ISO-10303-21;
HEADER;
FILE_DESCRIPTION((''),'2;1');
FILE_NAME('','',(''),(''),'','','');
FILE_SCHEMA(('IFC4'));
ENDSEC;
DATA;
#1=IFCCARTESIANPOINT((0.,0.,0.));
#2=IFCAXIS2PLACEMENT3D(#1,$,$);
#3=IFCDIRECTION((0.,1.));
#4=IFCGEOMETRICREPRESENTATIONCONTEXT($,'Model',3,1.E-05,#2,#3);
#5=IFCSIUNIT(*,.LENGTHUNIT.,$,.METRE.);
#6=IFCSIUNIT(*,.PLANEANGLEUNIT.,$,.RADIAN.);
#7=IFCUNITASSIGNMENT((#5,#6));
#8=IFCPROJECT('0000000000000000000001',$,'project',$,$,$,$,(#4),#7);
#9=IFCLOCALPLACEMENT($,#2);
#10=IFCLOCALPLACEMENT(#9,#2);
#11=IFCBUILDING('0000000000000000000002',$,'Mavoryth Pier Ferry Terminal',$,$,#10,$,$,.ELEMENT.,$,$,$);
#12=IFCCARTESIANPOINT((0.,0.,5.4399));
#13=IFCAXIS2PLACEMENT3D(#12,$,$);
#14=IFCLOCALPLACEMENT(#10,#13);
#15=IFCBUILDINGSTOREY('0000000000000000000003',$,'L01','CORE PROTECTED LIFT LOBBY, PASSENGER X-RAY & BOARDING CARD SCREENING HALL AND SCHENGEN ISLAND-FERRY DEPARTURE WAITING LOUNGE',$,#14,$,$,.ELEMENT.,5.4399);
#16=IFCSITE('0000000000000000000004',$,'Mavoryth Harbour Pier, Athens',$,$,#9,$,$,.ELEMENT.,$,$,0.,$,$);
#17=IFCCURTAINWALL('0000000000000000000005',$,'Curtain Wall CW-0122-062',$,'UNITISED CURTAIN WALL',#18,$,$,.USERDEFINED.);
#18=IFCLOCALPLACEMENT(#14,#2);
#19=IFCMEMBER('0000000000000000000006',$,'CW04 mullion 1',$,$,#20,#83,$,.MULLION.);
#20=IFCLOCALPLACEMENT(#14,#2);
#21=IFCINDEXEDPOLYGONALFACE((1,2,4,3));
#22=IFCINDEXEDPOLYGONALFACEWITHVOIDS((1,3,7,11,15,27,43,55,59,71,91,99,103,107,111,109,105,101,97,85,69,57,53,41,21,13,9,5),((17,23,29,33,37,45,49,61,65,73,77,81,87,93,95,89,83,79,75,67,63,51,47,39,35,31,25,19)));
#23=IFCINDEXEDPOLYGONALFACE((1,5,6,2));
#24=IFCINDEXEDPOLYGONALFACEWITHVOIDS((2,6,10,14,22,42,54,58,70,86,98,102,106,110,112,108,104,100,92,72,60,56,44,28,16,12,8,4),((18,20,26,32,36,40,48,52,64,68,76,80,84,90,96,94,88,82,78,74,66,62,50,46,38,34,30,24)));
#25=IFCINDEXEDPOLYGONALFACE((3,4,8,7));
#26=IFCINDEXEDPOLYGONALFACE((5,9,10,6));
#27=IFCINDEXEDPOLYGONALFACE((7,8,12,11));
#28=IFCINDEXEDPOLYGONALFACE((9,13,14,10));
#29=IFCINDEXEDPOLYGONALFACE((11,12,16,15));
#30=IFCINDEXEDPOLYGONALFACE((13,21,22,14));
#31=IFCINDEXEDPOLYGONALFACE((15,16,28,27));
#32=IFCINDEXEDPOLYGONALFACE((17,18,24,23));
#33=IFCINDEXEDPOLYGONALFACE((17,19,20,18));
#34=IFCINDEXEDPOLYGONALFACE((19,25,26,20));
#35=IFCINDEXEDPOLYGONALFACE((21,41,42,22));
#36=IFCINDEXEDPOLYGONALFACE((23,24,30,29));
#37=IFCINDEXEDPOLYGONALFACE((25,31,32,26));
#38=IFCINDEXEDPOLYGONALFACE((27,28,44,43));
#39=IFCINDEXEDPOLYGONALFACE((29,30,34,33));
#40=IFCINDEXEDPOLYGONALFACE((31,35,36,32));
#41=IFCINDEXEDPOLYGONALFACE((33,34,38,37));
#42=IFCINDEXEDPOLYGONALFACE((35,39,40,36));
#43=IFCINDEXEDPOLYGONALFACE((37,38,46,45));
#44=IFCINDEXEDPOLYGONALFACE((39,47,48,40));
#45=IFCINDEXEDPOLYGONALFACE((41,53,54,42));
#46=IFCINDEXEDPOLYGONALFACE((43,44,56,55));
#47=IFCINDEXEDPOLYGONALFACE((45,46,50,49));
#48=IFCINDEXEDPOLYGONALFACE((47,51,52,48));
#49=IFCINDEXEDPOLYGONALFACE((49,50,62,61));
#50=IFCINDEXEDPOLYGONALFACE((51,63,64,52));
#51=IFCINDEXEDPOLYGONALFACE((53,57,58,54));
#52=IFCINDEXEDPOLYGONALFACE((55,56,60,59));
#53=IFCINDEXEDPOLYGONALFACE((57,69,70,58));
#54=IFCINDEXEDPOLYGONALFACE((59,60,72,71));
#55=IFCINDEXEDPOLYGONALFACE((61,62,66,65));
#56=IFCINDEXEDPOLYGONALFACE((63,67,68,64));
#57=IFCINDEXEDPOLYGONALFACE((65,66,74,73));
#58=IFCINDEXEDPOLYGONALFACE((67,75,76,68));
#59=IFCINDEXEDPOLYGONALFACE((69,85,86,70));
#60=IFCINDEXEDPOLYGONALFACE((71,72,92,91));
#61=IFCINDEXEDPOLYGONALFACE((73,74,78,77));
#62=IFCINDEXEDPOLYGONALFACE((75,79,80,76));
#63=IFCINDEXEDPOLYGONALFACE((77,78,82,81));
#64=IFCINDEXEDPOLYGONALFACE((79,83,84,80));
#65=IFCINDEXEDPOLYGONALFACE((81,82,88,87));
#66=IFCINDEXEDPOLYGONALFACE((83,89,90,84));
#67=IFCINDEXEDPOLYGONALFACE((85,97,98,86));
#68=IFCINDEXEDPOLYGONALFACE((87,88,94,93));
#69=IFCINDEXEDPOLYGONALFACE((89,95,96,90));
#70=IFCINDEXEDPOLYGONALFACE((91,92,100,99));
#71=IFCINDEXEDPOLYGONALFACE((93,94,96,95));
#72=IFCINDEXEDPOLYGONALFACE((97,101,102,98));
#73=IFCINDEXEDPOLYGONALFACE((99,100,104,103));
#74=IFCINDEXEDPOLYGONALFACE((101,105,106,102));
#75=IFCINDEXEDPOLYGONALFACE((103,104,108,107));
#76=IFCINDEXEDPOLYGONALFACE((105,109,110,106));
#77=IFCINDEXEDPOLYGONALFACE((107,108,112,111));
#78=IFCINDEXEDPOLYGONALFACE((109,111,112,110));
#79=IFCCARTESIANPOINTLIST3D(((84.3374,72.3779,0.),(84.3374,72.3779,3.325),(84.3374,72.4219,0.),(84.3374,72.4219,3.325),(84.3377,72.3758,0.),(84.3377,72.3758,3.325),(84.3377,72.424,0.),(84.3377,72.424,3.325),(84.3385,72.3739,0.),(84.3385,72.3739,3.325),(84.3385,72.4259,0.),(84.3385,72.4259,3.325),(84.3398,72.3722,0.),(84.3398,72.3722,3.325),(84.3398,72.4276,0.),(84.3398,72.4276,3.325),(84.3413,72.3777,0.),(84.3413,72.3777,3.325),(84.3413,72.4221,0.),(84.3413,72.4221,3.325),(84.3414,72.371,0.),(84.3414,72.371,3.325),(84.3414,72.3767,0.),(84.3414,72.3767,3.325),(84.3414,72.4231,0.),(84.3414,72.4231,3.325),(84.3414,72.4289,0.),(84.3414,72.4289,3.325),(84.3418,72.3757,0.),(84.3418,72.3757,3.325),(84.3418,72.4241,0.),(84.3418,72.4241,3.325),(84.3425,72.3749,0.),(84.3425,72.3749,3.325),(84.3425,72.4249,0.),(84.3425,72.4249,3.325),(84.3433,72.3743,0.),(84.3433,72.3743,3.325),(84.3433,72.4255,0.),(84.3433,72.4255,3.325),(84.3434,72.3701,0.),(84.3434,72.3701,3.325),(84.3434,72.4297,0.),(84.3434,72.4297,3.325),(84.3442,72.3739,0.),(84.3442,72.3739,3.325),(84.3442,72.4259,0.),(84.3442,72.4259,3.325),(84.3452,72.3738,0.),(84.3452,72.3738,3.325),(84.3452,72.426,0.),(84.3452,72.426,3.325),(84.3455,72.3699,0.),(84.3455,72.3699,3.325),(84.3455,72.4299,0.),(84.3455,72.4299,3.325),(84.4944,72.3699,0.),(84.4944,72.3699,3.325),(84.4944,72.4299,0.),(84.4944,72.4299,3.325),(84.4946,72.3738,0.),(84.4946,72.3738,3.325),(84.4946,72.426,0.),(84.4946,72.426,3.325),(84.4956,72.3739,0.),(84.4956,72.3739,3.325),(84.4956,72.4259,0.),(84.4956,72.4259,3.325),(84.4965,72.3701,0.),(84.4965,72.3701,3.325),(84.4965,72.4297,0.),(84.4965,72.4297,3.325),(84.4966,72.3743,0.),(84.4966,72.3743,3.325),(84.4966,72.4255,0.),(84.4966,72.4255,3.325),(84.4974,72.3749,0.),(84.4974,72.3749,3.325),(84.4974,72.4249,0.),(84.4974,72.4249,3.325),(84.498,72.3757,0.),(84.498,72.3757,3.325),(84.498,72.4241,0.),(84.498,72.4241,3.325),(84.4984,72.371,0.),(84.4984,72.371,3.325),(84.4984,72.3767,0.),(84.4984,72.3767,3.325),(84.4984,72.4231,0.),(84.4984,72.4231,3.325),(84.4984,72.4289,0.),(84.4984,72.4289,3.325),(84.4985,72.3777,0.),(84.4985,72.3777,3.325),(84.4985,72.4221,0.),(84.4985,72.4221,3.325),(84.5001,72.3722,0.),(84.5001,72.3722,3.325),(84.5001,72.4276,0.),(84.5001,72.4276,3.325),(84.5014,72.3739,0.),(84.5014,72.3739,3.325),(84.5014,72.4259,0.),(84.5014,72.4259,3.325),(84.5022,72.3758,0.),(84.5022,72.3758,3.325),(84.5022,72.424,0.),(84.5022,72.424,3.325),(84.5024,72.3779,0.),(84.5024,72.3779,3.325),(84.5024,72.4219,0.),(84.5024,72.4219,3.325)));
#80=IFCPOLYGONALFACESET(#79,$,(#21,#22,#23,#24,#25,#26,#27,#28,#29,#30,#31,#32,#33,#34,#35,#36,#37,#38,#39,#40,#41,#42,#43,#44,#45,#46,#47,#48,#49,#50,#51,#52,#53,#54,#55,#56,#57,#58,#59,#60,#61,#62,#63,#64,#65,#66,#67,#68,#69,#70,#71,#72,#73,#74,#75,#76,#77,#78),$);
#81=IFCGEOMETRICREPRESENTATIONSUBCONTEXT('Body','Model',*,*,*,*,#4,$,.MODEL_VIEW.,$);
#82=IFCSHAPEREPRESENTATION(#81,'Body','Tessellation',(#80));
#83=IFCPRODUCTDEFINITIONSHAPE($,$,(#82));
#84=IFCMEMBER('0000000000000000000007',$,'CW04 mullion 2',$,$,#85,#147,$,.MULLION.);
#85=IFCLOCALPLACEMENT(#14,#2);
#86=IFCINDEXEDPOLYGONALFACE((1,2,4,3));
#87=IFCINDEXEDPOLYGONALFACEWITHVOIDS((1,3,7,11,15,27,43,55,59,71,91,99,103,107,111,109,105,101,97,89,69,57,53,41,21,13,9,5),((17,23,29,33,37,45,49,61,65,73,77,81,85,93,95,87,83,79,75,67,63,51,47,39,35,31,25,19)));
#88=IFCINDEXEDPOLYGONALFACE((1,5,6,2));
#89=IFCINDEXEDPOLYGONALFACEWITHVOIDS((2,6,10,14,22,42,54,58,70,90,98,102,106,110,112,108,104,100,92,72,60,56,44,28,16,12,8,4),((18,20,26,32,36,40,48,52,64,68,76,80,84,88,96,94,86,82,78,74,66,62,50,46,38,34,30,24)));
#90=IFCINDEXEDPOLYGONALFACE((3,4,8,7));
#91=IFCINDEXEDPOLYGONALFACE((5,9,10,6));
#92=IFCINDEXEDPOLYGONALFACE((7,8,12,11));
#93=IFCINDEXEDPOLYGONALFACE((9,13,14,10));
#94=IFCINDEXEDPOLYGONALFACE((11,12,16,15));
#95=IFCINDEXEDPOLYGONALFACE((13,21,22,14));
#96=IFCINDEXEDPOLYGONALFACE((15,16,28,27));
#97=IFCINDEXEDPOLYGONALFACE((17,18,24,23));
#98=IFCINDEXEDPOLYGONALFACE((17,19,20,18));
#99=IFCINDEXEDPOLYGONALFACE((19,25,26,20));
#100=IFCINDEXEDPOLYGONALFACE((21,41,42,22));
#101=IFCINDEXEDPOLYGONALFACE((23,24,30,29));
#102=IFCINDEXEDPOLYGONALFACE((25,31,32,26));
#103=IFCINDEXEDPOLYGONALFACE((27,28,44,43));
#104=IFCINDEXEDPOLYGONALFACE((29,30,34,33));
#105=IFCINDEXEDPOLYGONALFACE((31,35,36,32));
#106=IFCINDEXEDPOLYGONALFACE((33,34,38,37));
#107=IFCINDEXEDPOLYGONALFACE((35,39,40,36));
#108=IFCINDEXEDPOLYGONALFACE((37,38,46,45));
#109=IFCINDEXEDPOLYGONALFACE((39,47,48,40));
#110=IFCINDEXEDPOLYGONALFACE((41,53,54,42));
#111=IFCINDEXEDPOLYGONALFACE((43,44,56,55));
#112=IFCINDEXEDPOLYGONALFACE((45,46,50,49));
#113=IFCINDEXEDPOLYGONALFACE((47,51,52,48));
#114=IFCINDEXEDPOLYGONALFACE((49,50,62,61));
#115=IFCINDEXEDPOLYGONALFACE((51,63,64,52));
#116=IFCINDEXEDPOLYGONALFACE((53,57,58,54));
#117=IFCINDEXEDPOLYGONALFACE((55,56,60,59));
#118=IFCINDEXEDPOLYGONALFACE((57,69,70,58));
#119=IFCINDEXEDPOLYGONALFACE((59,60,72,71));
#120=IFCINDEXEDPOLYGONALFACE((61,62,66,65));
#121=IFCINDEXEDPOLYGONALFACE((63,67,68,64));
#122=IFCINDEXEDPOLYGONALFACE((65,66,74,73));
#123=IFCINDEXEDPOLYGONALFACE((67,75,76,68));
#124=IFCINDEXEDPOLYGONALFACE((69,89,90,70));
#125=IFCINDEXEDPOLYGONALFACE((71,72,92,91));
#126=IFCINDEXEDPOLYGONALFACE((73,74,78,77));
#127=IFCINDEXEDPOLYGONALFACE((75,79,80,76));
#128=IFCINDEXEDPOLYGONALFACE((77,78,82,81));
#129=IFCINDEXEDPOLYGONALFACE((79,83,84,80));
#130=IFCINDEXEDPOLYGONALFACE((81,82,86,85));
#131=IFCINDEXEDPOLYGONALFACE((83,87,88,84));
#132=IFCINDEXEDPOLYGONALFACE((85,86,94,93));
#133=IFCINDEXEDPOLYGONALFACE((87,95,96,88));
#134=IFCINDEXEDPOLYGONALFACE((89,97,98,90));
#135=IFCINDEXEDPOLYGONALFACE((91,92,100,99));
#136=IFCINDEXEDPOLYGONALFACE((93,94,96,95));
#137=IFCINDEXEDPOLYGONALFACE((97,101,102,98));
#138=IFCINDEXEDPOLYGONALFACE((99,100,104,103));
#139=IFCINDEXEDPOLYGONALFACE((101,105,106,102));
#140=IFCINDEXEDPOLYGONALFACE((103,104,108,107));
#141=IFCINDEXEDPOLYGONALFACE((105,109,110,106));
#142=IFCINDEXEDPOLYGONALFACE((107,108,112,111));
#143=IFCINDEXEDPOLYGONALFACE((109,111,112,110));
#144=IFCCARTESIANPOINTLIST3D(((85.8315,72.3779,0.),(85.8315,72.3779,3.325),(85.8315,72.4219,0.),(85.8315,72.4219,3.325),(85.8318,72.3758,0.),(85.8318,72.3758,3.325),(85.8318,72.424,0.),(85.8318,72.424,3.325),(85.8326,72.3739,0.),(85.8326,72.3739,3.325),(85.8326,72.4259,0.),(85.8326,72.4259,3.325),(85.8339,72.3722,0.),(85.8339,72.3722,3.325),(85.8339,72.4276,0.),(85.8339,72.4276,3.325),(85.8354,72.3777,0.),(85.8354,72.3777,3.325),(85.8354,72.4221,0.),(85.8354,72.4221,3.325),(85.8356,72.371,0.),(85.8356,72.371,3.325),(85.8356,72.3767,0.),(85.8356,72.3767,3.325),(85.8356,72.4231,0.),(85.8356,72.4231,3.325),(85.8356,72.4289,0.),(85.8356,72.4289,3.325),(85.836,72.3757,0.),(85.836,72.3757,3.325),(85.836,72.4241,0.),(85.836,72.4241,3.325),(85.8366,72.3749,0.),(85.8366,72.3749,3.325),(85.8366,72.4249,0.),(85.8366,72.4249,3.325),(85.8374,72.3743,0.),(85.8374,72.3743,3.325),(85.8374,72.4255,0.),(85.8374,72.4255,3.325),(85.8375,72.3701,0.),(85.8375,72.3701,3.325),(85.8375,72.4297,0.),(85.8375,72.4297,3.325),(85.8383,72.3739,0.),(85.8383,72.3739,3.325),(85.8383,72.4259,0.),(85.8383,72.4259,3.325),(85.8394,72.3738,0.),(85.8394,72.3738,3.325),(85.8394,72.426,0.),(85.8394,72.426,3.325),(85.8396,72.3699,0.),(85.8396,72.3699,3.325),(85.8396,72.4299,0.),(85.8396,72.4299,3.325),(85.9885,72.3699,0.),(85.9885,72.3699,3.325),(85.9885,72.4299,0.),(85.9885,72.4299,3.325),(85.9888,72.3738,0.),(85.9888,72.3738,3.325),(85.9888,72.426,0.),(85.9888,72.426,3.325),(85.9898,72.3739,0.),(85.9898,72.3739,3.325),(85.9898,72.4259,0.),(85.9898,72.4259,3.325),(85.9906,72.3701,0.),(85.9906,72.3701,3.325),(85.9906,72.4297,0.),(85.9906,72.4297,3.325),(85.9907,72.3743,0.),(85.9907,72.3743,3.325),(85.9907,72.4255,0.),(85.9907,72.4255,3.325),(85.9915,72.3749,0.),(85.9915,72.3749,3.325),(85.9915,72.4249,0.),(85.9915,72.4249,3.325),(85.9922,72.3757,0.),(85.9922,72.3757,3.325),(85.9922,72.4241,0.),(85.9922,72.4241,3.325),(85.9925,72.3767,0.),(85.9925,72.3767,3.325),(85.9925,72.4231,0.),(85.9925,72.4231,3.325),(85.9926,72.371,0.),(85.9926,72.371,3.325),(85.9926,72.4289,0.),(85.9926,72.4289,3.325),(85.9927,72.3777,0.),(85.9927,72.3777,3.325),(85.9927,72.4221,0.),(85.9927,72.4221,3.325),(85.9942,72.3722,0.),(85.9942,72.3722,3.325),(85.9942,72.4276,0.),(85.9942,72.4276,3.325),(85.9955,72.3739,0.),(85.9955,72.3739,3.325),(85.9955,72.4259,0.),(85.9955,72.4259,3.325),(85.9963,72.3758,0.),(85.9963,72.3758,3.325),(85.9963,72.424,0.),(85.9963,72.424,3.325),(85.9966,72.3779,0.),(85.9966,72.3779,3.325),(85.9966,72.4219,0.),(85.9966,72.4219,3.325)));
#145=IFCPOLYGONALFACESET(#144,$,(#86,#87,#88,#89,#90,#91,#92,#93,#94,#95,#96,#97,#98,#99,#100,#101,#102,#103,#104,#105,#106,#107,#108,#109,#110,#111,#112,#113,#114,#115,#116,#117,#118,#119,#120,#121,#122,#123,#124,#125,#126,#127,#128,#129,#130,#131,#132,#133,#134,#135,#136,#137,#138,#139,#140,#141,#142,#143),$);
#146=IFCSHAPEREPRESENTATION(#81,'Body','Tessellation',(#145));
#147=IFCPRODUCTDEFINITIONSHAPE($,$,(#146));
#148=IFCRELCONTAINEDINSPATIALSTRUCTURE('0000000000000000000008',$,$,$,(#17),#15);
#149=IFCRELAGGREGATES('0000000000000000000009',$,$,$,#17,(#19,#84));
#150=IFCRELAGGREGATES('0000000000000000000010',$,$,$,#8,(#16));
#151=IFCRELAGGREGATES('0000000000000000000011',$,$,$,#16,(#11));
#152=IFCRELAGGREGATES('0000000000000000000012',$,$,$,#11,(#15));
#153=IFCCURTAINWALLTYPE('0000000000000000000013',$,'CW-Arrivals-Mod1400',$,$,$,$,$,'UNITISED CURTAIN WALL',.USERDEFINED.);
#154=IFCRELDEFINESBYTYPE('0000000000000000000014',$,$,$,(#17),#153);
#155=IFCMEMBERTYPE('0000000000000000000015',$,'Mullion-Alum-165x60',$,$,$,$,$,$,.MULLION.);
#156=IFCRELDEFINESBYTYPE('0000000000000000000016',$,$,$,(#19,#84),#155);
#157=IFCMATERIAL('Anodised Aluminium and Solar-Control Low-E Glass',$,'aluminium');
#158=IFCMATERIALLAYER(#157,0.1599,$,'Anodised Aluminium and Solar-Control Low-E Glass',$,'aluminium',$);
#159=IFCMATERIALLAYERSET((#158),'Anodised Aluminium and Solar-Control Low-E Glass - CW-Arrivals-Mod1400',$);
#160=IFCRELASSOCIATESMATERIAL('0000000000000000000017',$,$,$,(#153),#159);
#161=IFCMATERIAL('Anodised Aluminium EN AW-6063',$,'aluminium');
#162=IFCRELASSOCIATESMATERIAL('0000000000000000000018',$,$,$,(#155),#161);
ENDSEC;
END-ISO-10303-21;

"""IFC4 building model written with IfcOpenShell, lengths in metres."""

from ifc_helpers import new_model, si_unit, direction, frame, origin, origin_2d, place, context, subcontext, project, spatial, hollow_rectangle, extrude, material, layer, layer_set, material_profile, profile_set, type_object, element, aggregate, save


model = new_model("IFC4")

# Units and contexts
model_context = context("Model", 3, precision=1e-05, world=origin(), true_north=direction((0.0, 1.0)))
body_context = subcontext(model_context, "Body", "Model", "MODEL_VIEW")
ifc_project = project(units=[si_unit("LENGTHUNIT", "METRE"), si_unit("PLANEANGLEUNIT", "RADIAN")], contexts=[model_context])

# Site, building, storey
site_placement = place(None, origin())
site = spatial("IfcSite", under=ifc_project, at=site_placement, Name="Mavoryth Harbour Pier, Athens", CompositionType="ELEMENT", RefElevation=0.0)
building_placement = place(site_placement, origin())
building = spatial("IfcBuilding", under=site, at=building_placement, Name="Mavoryth Pier Ferry Terminal", CompositionType="ELEMENT")
storey_placement = place(building_placement, frame((0.0, 0.0, 5.4399)))
storey = spatial("IfcBuildingStorey", under=building, at=storey_placement, Name="L01", Description="CORE PROTECTED LIFT LOBBY, PASSENGER X-RAY & BOARDING CARD SCREENING HALL AND SCHENGEN ISLAND-FERRY DEPARTURE WAITING LOUNGE", CompositionType="ELEMENT", Elevation=5.4399)

# Curtain wall, members
ifc_material_1 = material(Name="Anodised Aluminium and Solar-Control Low-E Glass", Category="aluminium")
ifc_layer_1 = layer(ifc_material_1, 0.1599, Name="Anodised Aluminium and Solar-Control Low-E Glass", Category="aluminium")
ifc_layer_set_1 = layer_set([ifc_layer_1], Name="Anodised Aluminium and Solar-Control Low-E Glass - CW-Arrivals-Mod1400")
curtain_wall_type = type_object("IfcCurtainWallType", Name="CW-Arrivals-Mod1400", ElementType="UNITISED CURTAIN WALL", PredefinedType="USERDEFINED", material=ifc_layer_set_1)
ifc_material_2 = material(Name="Anodised Aluminium EN AW-6063", Category="aluminium")
ifc_material_profile_1 = material_profile(ifc_material_2, hollow_rectangle(XDim=0.0601, YDim=0.165, WallThickness=0.0039, InnerFilletRadius=0.0039, OuterFilletRadius=0.0081, at=origin_2d()), Name="AL-MULL 165x60x4", Category="aluminium")
ifc_profile_set_1 = profile_set([ifc_material_profile_1], Name="Anodised Aluminium EN AW-6063 - AL-MULL 165x60x4")
member_type_1 = type_object("IfcMemberType", Name="Mullion-Alum-165x60", PredefinedType="MULLION", material=ifc_profile_set_1)
curtain_wall_1_placement = place(storey_placement, origin())
curtain_wall_1 = element("IfcCurtainWall", 1, at=curtain_wall_1_placement, inside=storey, type_object=curtain_wall_type, Name="Curtain Wall CW-0122-062", ObjectType="UNITISED CURTAIN WALL", PredefinedType="USERDEFINED")
member_1_placement = place(storey_placement, frame((84.4199, 72.3999, 0.0), z_axis=(0.0, 0.0, 1.0), x_axis=(0.0, 1.0, 0.0)))
member_1 = element("IfcMember", 2, at=member_1_placement, type_object=member_type_1, Name="CW04 mullion 1", PredefinedType="MULLION", context=body_context, shape_type="SweptSolid", body=[
    extrude(hollow_rectangle(XDim=0.0601, YDim=0.165, WallThickness=0.0039, InnerFilletRadius=0.0039, OuterFilletRadius=0.0081, at=origin_2d()), origin(), (0.0, 0.0, 1.0), 3.325),
])
member_2_placement = place(storey_placement, frame((85.9141, 72.3999, 0.0), z_axis=(0.0, 0.0, 1.0), x_axis=(0.0, 1.0, 0.0)))
member_2 = element("IfcMember", 3, at=member_2_placement, type_object=member_type_1, Name="CW04 mullion 2", PredefinedType="MULLION", context=body_context, shape_type="SweptSolid", body=[
    extrude(hollow_rectangle(XDim=0.0601, YDim=0.165, WallThickness=0.0039, InnerFilletRadius=0.0039, OuterFilletRadius=0.0081, at=origin_2d()), origin(), (0.0, 0.0, 1.0), 3.325),
])

aggregate(curtain_wall_1, [member_1, member_2])

save(model, "model.ifc")
